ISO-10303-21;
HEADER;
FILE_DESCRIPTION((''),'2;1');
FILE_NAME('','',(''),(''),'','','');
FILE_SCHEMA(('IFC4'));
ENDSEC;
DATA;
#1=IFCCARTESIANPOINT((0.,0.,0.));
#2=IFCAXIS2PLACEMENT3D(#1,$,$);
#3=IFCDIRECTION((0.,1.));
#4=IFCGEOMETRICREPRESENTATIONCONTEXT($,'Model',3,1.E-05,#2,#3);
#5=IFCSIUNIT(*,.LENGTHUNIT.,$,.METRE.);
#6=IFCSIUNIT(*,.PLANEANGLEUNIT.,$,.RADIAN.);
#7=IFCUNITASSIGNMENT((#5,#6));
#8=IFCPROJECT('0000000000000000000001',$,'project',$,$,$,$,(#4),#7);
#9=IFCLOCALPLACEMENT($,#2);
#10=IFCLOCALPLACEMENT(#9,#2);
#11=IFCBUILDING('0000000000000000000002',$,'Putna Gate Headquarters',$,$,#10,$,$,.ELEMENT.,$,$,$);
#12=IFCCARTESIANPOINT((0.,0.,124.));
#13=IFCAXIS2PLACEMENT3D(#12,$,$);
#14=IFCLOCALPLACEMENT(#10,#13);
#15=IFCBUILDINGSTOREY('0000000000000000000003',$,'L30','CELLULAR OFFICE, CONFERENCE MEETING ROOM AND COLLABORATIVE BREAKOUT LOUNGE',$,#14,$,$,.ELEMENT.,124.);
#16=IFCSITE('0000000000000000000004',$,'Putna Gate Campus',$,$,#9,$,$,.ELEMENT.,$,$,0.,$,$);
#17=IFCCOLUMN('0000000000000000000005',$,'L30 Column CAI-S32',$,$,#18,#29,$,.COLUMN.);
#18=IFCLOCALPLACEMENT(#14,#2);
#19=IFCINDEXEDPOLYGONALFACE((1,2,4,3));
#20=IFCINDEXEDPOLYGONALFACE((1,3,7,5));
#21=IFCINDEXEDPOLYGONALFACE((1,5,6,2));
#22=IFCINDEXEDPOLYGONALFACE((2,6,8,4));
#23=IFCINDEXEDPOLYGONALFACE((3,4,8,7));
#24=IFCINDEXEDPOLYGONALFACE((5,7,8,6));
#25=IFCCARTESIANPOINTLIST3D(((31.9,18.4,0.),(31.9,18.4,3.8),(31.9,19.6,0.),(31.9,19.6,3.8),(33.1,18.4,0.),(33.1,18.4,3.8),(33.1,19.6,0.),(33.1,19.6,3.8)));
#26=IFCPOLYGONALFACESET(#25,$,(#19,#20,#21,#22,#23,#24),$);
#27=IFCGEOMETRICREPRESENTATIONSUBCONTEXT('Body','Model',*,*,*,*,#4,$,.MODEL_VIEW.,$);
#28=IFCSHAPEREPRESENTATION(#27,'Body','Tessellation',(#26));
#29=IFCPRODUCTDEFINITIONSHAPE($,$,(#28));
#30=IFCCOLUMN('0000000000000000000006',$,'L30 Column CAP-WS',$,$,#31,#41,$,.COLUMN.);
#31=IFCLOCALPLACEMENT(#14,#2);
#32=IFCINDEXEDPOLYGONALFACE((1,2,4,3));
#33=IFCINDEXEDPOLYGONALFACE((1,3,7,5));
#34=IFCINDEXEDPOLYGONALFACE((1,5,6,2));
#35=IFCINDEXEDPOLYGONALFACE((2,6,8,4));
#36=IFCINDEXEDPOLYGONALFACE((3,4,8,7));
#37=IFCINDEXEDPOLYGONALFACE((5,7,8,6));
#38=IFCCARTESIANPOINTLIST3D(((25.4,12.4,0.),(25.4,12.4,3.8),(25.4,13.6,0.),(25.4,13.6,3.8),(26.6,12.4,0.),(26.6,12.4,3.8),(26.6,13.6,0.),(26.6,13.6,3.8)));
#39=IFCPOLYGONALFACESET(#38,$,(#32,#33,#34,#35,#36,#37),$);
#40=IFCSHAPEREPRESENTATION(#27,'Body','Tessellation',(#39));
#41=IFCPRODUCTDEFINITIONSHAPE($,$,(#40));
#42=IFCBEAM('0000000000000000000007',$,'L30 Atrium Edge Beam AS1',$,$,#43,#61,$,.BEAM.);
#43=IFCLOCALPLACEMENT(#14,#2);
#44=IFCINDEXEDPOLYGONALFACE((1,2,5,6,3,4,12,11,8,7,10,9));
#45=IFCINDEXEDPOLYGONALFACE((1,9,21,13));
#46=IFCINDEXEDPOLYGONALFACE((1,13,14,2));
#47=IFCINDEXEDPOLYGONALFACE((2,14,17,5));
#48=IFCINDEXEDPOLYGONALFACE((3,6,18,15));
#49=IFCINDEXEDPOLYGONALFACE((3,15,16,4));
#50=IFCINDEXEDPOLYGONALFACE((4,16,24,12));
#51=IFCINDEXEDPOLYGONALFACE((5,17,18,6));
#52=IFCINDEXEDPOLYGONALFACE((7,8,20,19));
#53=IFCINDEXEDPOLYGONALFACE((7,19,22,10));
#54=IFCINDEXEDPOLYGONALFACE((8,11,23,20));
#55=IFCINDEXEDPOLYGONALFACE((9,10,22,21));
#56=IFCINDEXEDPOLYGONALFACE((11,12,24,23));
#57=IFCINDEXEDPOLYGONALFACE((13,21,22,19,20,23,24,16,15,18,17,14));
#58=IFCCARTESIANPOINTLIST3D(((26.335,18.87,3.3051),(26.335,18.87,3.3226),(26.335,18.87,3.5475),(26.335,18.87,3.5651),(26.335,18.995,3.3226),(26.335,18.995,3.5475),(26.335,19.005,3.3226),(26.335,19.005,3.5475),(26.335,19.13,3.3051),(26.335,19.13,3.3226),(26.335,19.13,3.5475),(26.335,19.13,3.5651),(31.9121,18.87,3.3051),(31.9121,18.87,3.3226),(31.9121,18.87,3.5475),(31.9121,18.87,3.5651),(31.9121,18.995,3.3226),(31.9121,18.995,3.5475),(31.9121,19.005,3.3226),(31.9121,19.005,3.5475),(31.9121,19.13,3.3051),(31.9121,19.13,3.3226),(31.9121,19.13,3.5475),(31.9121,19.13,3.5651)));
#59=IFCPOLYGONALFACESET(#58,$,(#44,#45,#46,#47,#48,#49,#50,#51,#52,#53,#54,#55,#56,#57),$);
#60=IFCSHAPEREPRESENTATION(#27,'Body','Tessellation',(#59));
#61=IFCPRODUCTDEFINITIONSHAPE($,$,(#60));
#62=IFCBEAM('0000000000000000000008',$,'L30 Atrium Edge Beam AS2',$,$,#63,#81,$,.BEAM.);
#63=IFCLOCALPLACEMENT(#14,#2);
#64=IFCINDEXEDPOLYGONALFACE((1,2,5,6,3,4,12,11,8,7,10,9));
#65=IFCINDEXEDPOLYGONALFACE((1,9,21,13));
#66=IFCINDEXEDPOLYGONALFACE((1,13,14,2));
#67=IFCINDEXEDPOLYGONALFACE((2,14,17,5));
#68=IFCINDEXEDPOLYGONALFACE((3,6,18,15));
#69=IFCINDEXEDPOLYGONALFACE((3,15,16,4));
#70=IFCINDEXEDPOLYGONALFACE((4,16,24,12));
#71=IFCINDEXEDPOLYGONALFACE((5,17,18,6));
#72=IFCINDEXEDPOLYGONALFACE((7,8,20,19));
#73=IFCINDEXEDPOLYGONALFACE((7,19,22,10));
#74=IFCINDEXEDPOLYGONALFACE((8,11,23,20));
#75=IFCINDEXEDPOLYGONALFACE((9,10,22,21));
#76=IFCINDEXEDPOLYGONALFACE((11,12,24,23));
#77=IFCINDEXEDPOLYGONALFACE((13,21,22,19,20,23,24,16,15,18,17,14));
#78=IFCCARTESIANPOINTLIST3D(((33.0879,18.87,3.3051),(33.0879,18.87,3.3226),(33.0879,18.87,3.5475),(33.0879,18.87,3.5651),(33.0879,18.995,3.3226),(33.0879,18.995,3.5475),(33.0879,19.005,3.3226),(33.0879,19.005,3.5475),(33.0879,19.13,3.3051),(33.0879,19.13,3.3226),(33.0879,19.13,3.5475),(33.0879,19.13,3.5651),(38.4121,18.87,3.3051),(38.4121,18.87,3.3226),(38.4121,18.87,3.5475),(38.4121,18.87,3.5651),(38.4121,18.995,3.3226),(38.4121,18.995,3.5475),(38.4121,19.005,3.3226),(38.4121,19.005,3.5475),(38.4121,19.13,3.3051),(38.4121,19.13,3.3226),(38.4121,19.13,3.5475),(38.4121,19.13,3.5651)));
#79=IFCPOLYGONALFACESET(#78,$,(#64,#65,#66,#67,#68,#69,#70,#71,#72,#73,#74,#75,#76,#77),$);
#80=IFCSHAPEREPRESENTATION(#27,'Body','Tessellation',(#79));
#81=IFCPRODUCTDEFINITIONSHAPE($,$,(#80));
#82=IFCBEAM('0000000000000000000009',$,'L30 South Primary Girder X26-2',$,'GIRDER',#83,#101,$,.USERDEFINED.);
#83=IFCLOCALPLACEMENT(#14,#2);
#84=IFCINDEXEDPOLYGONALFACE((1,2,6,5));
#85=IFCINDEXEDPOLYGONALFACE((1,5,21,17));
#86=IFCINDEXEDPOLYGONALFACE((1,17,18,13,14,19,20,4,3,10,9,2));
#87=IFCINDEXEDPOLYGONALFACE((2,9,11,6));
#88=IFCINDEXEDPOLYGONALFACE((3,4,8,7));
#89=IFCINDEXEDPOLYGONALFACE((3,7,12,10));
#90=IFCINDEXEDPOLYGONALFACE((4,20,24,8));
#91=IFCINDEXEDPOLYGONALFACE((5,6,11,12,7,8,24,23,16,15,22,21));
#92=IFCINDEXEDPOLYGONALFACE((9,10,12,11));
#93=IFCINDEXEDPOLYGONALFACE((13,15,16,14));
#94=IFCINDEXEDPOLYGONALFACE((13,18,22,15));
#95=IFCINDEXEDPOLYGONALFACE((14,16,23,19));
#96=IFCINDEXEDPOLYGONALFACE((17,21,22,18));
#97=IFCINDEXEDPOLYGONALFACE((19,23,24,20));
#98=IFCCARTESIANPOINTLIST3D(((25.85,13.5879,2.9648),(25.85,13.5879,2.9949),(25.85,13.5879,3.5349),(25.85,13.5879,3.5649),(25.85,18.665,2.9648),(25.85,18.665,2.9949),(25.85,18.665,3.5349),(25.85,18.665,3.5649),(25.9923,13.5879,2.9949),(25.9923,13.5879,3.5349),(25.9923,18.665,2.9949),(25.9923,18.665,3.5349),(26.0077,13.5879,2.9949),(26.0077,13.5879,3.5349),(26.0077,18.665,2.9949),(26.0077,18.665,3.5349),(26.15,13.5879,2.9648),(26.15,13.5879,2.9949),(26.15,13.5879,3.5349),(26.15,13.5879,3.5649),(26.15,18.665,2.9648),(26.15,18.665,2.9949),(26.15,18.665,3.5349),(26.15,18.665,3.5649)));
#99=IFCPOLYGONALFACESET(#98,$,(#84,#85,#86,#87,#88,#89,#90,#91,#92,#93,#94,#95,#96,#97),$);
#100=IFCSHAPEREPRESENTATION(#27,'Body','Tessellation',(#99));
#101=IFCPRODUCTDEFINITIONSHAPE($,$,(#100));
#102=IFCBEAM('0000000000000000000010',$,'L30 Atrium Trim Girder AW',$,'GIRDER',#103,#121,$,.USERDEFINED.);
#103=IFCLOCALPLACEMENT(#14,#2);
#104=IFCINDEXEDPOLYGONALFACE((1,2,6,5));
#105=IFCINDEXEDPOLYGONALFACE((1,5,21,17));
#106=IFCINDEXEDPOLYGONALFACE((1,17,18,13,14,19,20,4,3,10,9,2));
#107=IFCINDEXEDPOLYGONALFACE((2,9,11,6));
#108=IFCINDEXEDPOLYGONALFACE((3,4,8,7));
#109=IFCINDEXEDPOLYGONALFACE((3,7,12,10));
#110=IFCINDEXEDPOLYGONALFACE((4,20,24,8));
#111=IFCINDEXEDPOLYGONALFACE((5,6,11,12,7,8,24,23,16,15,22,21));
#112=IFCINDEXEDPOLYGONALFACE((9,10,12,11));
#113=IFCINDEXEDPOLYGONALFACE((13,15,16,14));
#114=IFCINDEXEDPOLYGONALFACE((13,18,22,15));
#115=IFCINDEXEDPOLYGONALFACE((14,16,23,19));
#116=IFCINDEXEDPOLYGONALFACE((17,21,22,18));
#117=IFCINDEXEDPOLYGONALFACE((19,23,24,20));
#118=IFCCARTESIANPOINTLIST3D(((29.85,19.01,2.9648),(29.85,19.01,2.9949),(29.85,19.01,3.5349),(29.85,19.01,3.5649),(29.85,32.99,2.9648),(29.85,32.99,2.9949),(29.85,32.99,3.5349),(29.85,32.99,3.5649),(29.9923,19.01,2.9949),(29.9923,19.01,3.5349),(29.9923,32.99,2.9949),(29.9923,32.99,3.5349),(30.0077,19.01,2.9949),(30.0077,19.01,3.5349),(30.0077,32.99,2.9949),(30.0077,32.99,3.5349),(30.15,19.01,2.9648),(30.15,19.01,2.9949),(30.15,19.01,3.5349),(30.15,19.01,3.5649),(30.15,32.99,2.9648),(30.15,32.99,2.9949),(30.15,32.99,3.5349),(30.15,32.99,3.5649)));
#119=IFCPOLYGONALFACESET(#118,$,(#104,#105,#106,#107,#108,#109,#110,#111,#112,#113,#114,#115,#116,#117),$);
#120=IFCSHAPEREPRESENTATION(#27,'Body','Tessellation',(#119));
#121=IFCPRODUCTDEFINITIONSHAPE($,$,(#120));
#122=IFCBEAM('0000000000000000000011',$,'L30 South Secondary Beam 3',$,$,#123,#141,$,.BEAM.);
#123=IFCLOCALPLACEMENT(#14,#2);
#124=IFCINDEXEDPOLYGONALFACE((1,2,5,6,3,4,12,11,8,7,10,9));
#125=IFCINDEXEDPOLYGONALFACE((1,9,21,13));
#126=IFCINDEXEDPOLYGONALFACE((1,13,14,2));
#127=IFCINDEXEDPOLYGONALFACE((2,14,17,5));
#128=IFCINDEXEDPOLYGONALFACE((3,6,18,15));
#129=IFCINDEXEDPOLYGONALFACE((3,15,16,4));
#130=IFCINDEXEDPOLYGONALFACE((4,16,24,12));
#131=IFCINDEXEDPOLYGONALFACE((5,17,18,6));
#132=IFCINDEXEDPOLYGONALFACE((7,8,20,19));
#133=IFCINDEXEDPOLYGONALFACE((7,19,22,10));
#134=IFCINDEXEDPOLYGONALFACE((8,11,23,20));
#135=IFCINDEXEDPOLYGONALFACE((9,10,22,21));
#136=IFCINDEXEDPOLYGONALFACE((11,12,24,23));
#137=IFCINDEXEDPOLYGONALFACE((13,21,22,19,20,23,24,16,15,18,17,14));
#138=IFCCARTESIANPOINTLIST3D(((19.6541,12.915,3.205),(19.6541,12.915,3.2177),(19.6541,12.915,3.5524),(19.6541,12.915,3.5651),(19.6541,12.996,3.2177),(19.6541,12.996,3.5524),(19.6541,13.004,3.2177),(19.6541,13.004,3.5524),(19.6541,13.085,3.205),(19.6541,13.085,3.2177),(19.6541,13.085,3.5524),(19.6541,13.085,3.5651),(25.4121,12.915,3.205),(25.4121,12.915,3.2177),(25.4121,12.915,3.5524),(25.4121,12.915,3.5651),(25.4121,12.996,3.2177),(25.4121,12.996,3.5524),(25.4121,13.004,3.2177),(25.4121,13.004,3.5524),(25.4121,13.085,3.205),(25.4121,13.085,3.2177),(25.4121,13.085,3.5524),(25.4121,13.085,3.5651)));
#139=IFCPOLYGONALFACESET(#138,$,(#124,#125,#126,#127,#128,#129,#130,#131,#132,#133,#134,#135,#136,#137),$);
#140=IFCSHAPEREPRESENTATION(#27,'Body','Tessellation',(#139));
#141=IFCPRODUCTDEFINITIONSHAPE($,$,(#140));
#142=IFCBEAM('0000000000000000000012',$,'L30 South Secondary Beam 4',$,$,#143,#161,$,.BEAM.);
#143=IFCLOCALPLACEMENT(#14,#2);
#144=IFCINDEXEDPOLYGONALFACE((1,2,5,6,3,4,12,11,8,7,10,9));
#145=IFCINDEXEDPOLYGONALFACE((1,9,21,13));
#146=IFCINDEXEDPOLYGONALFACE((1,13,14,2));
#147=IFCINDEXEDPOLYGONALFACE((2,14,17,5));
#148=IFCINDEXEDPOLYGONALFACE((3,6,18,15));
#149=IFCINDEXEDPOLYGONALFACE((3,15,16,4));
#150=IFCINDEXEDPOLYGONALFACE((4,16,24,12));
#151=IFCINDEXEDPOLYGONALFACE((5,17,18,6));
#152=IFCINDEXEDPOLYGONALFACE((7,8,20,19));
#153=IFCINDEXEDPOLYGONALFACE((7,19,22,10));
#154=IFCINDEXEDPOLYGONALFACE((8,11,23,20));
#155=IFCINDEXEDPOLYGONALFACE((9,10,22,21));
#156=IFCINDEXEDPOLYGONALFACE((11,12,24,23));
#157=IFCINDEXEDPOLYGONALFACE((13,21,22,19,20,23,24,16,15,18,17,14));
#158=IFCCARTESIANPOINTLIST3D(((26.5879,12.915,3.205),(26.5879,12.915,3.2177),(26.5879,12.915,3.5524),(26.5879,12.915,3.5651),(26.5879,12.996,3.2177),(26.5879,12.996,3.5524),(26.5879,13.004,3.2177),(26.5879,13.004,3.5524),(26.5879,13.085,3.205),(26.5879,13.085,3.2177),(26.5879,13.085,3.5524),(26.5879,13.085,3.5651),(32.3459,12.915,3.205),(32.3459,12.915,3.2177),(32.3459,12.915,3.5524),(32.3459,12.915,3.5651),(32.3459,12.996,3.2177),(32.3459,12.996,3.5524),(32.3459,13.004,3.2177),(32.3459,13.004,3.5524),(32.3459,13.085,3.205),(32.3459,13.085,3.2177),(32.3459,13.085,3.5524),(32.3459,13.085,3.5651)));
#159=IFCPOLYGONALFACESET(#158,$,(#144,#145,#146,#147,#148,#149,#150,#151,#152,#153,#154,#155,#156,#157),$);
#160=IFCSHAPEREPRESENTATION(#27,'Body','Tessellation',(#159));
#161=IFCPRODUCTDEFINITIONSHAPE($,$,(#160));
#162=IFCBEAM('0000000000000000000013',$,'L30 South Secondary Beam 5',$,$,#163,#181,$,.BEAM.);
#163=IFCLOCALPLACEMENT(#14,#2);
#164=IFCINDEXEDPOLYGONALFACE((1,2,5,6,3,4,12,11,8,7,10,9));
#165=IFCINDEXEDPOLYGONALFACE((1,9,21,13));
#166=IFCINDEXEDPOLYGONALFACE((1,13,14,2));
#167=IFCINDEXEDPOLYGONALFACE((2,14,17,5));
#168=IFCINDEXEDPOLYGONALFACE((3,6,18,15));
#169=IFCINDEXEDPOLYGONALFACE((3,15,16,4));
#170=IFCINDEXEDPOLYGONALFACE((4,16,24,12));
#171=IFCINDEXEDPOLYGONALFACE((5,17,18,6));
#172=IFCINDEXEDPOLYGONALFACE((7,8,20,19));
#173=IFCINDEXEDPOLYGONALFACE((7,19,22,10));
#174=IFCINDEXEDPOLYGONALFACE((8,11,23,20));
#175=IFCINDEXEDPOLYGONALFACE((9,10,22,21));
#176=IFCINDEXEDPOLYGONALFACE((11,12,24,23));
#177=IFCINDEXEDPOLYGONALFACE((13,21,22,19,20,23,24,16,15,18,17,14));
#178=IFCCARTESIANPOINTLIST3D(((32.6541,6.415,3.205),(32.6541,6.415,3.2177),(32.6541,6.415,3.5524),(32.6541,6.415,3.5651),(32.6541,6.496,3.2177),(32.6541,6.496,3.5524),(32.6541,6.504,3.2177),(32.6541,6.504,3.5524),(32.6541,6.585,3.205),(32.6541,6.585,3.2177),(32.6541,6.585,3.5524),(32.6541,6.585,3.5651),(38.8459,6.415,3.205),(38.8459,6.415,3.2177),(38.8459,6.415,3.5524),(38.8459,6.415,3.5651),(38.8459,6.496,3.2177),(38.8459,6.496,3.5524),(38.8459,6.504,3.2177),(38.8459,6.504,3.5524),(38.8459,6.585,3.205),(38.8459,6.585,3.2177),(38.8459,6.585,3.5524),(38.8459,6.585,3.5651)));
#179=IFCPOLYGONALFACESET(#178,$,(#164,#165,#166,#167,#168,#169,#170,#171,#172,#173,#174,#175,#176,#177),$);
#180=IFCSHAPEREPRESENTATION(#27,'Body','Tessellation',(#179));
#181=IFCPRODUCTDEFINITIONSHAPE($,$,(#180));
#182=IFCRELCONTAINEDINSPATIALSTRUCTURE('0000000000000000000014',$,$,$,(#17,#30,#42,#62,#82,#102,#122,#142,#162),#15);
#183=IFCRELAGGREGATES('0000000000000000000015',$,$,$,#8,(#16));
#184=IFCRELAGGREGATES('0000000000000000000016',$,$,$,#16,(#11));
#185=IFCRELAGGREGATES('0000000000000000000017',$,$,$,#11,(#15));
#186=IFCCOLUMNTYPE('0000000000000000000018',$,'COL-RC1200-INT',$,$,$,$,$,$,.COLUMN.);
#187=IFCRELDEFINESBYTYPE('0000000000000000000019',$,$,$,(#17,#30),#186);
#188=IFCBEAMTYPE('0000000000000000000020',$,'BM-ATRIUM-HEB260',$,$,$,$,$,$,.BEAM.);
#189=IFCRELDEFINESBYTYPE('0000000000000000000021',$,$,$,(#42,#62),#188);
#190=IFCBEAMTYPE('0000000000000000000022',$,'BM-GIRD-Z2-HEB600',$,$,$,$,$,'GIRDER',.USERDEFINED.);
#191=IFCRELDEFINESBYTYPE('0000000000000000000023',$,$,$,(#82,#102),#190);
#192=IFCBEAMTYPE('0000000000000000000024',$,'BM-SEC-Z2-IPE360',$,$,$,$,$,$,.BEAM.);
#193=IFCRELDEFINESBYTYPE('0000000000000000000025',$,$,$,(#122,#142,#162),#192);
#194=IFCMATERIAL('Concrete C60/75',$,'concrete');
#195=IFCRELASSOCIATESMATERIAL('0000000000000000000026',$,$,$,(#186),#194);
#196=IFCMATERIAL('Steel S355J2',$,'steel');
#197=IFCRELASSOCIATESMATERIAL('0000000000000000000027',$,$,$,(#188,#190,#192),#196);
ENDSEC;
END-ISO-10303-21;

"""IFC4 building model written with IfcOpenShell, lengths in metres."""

from ifc_helpers import new_model, si_unit, direction, frame, origin, origin_2d, place, context, subcontext, project, spatial, rectangle, i_section, extrude, material, material_profile, profile_set, type_object, element, save


model = new_model("IFC4")

# Units and contexts
model_context = context("Model", 3, precision=1e-05, world=origin(), true_north=direction((0.0, 1.0)))
body_context = subcontext(model_context, "Body", "Model", "MODEL_VIEW")
ifc_project = project(units=[si_unit("LENGTHUNIT", "METRE"), si_unit("PLANEANGLEUNIT", "RADIAN")], contexts=[model_context])

# Site, building, storey
site_placement = place(None, origin())
site = spatial("IfcSite", under=ifc_project, at=site_placement, Name="Putna Gate Campus", CompositionType="ELEMENT", RefElevation=0.0)
building_placement = place(site_placement, origin())
building = spatial("IfcBuilding", under=site, at=building_placement, Name="Putna Gate Headquarters", CompositionType="ELEMENT")
storey_placement = place(building_placement, frame((0.0, 0.0, 124.0)))
storey = spatial("IfcBuildingStorey", under=building, at=storey_placement, Name="L30", Description="CELLULAR OFFICE, CONFERENCE MEETING ROOM AND COLLABORATIVE BREAKOUT LOUNGE", CompositionType="ELEMENT", Elevation=124.0)

# Columns
ifc_material_1 = material(Name="Concrete C60/75", Category="concrete")
ifc_material_profile_1 = material_profile(ifc_material_1, rectangle(XDim=1.2, YDim=1.2, at=origin_2d()), Name="Concrete C60/75")
ifc_profile_set_1 = profile_set([ifc_material_profile_1], Name="Concrete C60/75")
column_type = type_object("IfcColumnType", Name="COL-RC1200-INT", PredefinedType="COLUMN", material=ifc_profile_set_1)
for number, where, z_axis, x_axis, name in (
    (1, (32.5, 19.0, 0.0), (0.0, 0.0, 1.0), (1.0, 0.0, 0.0), "L30 Column CAI-S32"),
    (2, (26.0, 13.0, 0.0), (0.0, 0.0, 1.0), (1.0, 0.0, 0.0), "L30 Column CAP-WS"),
):
    element("IfcColumn", number, at=place(storey_placement, frame(where, z_axis=z_axis, x_axis=x_axis)), inside=storey, type_object=column_type, Name=name, PredefinedType="COLUMN", context=body_context, shape_type="SweptSolid", body=[
        extrude(rectangle(XDim=1.2, YDim=1.2, at=origin_2d()), origin(), (0.0, 0.0, 1.0), 3.8),
    ])

# Beams
ifc_material_2 = material(Name="Steel S355J2", Category="steel")
ifc_material_profile_2 = material_profile(ifc_material_2, i_section(OverallWidth=0.26, OverallDepth=0.26, WebThickness=0.01, FlangeThickness=0.0176, at=origin_2d()), Name="Steel S355J2")
ifc_profile_set_2 = profile_set([ifc_material_profile_2], Name="Steel S355J2")
beam_type_1 = type_object("IfcBeamType", Name="BM-ATRIUM-HEB260", PredefinedType="BEAM", material=ifc_profile_set_2)
beam_1_placement = place(storey_placement, frame((26.335, 19.0, 3.4351), z_axis=(1.0, 0.0, 0.0), x_axis=(0.0, 1.0, 0.0)))
element("IfcBeam", 3, at=beam_1_placement, inside=storey, type_object=beam_type_1, Name="L30 Atrium Edge Beam AS1", PredefinedType="BEAM", context=body_context, shape_type="SweptSolid", body=[
    extrude(i_section(OverallWidth=0.26, OverallDepth=0.26, WebThickness=0.01, FlangeThickness=0.0176, at=origin_2d()), origin(), (0.0, 0.0, 1.0), 5.5771),
])
beam_2_placement = place(storey_placement, frame((33.0879, 19.0, 3.4351), z_axis=(1.0, 0.0, 0.0), x_axis=(0.0, 1.0, 0.0)))
element("IfcBeam", 4, at=beam_2_placement, inside=storey, type_object=beam_type_1, Name="L30 Atrium Edge Beam AS2", PredefinedType="BEAM", context=body_context, shape_type="SweptSolid", body=[
    extrude(i_section(OverallWidth=0.26, OverallDepth=0.26, WebThickness=0.01, FlangeThickness=0.0176, at=origin_2d()), origin(), (0.0, 0.0, 1.0), 5.3242),
])
ifc_material_profile_3 = material_profile(ifc_material_2, i_section(OverallWidth=0.3, OverallDepth=0.6001, WebThickness=0.0154, FlangeThickness=0.03, at=origin_2d()), Name="Steel S355J2")
ifc_profile_set_3 = profile_set([ifc_material_profile_3], Name="Steel S355J2")
beam_type_2 = type_object("IfcBeamType", Name="BM-GIRD-Z2-HEB600", ElementType="GIRDER", PredefinedType="USERDEFINED", material=ifc_profile_set_3)
beam_3_placement = place(storey_placement, frame((26.0, 13.5879, 3.2649), z_axis=(0.0, 1.0, 0.0), x_axis=(-1.0, 0.0, 0.0)))
element("IfcBeam", 5, at=beam_3_placement, inside=storey, type_object=beam_type_2, Name="L30 South Primary Girder X26-2", ObjectType="GIRDER", PredefinedType="USERDEFINED", context=body_context, shape_type="SweptSolid", body=[
    extrude(i_section(OverallWidth=0.3, OverallDepth=0.6001, WebThickness=0.0154, FlangeThickness=0.03, at=origin_2d()), origin(), (0.0, 0.0, 1.0), 5.0771),
])
beam_4_placement = place(storey_placement, frame((30.0, 19.01, 3.2649), z_axis=(0.0, 1.0, 0.0), x_axis=(-1.0, 0.0, 0.0)))
element("IfcBeam", 6, at=beam_4_placement, inside=storey, type_object=beam_type_2, Name="L30 Atrium Trim Girder AW", ObjectType="GIRDER", PredefinedType="USERDEFINED", context=body_context, shape_type="SweptSolid", body=[
    extrude(i_section(OverallWidth=0.3, OverallDepth=0.6001, WebThickness=0.0154, FlangeThickness=0.03, at=origin_2d()), origin(), (0.0, 0.0, 1.0), 13.98),
])
ifc_material_profile_4 = material_profile(ifc_material_2, i_section(OverallWidth=0.1699, OverallDepth=0.3601, WebThickness=0.0081, FlangeThickness=0.0127, at=origin_2d()), Name="Steel S355J2")
ifc_profile_set_4 = profile_set([ifc_material_profile_4], Name="Steel S355J2")
beam_type_3 = type_object("IfcBeamType", Name="BM-SEC-Z2-IPE360", PredefinedType="BEAM", material=ifc_profile_set_4)
for number, where, z_axis, x_axis, name in (
    (7, (19.6541, 13.0, 3.385), (1.0, 0.0, 0.0), (0.0, 1.0, 0.0), "L30 South Secondary Beam 3"),
    (8, (26.5879, 13.0, 3.385), (1.0, 0.0, 0.0), (0.0, 1.0, 0.0), "L30 South Secondary Beam 4"),
):
    element("IfcBeam", number, at=place(storey_placement, frame(where, z_axis=z_axis, x_axis=x_axis)), inside=storey, type_object=beam_type_3, Name=name, PredefinedType="BEAM", context=body_context, shape_type="SweptSolid", body=[
        extrude(i_section(OverallWidth=0.1699, OverallDepth=0.3601, WebThickness=0.0081, FlangeThickness=0.0127, at=origin_2d()), origin(), (0.0, 0.0, 1.0), 5.7581),
    ])
for number, where, z_axis, x_axis, name in (
    (9, (32.6541, 6.5, 3.385), (1.0, 0.0, 0.0), (0.0, 1.0, 0.0), "L30 South Secondary Beam 5"),
):
    element("IfcBeam", number, at=place(storey_placement, frame(where, z_axis=z_axis, x_axis=x_axis)), inside=storey, type_object=beam_type_3, Name=name, PredefinedType="BEAM", context=body_context, shape_type="SweptSolid", body=[
        extrude(i_section(OverallWidth=0.1699, OverallDepth=0.3601, WebThickness=0.0081, FlangeThickness=0.0127, at=origin_2d()), origin(), (0.0, 0.0, 1.0), 6.1919),
    ])

save(model, "model.ifc")
